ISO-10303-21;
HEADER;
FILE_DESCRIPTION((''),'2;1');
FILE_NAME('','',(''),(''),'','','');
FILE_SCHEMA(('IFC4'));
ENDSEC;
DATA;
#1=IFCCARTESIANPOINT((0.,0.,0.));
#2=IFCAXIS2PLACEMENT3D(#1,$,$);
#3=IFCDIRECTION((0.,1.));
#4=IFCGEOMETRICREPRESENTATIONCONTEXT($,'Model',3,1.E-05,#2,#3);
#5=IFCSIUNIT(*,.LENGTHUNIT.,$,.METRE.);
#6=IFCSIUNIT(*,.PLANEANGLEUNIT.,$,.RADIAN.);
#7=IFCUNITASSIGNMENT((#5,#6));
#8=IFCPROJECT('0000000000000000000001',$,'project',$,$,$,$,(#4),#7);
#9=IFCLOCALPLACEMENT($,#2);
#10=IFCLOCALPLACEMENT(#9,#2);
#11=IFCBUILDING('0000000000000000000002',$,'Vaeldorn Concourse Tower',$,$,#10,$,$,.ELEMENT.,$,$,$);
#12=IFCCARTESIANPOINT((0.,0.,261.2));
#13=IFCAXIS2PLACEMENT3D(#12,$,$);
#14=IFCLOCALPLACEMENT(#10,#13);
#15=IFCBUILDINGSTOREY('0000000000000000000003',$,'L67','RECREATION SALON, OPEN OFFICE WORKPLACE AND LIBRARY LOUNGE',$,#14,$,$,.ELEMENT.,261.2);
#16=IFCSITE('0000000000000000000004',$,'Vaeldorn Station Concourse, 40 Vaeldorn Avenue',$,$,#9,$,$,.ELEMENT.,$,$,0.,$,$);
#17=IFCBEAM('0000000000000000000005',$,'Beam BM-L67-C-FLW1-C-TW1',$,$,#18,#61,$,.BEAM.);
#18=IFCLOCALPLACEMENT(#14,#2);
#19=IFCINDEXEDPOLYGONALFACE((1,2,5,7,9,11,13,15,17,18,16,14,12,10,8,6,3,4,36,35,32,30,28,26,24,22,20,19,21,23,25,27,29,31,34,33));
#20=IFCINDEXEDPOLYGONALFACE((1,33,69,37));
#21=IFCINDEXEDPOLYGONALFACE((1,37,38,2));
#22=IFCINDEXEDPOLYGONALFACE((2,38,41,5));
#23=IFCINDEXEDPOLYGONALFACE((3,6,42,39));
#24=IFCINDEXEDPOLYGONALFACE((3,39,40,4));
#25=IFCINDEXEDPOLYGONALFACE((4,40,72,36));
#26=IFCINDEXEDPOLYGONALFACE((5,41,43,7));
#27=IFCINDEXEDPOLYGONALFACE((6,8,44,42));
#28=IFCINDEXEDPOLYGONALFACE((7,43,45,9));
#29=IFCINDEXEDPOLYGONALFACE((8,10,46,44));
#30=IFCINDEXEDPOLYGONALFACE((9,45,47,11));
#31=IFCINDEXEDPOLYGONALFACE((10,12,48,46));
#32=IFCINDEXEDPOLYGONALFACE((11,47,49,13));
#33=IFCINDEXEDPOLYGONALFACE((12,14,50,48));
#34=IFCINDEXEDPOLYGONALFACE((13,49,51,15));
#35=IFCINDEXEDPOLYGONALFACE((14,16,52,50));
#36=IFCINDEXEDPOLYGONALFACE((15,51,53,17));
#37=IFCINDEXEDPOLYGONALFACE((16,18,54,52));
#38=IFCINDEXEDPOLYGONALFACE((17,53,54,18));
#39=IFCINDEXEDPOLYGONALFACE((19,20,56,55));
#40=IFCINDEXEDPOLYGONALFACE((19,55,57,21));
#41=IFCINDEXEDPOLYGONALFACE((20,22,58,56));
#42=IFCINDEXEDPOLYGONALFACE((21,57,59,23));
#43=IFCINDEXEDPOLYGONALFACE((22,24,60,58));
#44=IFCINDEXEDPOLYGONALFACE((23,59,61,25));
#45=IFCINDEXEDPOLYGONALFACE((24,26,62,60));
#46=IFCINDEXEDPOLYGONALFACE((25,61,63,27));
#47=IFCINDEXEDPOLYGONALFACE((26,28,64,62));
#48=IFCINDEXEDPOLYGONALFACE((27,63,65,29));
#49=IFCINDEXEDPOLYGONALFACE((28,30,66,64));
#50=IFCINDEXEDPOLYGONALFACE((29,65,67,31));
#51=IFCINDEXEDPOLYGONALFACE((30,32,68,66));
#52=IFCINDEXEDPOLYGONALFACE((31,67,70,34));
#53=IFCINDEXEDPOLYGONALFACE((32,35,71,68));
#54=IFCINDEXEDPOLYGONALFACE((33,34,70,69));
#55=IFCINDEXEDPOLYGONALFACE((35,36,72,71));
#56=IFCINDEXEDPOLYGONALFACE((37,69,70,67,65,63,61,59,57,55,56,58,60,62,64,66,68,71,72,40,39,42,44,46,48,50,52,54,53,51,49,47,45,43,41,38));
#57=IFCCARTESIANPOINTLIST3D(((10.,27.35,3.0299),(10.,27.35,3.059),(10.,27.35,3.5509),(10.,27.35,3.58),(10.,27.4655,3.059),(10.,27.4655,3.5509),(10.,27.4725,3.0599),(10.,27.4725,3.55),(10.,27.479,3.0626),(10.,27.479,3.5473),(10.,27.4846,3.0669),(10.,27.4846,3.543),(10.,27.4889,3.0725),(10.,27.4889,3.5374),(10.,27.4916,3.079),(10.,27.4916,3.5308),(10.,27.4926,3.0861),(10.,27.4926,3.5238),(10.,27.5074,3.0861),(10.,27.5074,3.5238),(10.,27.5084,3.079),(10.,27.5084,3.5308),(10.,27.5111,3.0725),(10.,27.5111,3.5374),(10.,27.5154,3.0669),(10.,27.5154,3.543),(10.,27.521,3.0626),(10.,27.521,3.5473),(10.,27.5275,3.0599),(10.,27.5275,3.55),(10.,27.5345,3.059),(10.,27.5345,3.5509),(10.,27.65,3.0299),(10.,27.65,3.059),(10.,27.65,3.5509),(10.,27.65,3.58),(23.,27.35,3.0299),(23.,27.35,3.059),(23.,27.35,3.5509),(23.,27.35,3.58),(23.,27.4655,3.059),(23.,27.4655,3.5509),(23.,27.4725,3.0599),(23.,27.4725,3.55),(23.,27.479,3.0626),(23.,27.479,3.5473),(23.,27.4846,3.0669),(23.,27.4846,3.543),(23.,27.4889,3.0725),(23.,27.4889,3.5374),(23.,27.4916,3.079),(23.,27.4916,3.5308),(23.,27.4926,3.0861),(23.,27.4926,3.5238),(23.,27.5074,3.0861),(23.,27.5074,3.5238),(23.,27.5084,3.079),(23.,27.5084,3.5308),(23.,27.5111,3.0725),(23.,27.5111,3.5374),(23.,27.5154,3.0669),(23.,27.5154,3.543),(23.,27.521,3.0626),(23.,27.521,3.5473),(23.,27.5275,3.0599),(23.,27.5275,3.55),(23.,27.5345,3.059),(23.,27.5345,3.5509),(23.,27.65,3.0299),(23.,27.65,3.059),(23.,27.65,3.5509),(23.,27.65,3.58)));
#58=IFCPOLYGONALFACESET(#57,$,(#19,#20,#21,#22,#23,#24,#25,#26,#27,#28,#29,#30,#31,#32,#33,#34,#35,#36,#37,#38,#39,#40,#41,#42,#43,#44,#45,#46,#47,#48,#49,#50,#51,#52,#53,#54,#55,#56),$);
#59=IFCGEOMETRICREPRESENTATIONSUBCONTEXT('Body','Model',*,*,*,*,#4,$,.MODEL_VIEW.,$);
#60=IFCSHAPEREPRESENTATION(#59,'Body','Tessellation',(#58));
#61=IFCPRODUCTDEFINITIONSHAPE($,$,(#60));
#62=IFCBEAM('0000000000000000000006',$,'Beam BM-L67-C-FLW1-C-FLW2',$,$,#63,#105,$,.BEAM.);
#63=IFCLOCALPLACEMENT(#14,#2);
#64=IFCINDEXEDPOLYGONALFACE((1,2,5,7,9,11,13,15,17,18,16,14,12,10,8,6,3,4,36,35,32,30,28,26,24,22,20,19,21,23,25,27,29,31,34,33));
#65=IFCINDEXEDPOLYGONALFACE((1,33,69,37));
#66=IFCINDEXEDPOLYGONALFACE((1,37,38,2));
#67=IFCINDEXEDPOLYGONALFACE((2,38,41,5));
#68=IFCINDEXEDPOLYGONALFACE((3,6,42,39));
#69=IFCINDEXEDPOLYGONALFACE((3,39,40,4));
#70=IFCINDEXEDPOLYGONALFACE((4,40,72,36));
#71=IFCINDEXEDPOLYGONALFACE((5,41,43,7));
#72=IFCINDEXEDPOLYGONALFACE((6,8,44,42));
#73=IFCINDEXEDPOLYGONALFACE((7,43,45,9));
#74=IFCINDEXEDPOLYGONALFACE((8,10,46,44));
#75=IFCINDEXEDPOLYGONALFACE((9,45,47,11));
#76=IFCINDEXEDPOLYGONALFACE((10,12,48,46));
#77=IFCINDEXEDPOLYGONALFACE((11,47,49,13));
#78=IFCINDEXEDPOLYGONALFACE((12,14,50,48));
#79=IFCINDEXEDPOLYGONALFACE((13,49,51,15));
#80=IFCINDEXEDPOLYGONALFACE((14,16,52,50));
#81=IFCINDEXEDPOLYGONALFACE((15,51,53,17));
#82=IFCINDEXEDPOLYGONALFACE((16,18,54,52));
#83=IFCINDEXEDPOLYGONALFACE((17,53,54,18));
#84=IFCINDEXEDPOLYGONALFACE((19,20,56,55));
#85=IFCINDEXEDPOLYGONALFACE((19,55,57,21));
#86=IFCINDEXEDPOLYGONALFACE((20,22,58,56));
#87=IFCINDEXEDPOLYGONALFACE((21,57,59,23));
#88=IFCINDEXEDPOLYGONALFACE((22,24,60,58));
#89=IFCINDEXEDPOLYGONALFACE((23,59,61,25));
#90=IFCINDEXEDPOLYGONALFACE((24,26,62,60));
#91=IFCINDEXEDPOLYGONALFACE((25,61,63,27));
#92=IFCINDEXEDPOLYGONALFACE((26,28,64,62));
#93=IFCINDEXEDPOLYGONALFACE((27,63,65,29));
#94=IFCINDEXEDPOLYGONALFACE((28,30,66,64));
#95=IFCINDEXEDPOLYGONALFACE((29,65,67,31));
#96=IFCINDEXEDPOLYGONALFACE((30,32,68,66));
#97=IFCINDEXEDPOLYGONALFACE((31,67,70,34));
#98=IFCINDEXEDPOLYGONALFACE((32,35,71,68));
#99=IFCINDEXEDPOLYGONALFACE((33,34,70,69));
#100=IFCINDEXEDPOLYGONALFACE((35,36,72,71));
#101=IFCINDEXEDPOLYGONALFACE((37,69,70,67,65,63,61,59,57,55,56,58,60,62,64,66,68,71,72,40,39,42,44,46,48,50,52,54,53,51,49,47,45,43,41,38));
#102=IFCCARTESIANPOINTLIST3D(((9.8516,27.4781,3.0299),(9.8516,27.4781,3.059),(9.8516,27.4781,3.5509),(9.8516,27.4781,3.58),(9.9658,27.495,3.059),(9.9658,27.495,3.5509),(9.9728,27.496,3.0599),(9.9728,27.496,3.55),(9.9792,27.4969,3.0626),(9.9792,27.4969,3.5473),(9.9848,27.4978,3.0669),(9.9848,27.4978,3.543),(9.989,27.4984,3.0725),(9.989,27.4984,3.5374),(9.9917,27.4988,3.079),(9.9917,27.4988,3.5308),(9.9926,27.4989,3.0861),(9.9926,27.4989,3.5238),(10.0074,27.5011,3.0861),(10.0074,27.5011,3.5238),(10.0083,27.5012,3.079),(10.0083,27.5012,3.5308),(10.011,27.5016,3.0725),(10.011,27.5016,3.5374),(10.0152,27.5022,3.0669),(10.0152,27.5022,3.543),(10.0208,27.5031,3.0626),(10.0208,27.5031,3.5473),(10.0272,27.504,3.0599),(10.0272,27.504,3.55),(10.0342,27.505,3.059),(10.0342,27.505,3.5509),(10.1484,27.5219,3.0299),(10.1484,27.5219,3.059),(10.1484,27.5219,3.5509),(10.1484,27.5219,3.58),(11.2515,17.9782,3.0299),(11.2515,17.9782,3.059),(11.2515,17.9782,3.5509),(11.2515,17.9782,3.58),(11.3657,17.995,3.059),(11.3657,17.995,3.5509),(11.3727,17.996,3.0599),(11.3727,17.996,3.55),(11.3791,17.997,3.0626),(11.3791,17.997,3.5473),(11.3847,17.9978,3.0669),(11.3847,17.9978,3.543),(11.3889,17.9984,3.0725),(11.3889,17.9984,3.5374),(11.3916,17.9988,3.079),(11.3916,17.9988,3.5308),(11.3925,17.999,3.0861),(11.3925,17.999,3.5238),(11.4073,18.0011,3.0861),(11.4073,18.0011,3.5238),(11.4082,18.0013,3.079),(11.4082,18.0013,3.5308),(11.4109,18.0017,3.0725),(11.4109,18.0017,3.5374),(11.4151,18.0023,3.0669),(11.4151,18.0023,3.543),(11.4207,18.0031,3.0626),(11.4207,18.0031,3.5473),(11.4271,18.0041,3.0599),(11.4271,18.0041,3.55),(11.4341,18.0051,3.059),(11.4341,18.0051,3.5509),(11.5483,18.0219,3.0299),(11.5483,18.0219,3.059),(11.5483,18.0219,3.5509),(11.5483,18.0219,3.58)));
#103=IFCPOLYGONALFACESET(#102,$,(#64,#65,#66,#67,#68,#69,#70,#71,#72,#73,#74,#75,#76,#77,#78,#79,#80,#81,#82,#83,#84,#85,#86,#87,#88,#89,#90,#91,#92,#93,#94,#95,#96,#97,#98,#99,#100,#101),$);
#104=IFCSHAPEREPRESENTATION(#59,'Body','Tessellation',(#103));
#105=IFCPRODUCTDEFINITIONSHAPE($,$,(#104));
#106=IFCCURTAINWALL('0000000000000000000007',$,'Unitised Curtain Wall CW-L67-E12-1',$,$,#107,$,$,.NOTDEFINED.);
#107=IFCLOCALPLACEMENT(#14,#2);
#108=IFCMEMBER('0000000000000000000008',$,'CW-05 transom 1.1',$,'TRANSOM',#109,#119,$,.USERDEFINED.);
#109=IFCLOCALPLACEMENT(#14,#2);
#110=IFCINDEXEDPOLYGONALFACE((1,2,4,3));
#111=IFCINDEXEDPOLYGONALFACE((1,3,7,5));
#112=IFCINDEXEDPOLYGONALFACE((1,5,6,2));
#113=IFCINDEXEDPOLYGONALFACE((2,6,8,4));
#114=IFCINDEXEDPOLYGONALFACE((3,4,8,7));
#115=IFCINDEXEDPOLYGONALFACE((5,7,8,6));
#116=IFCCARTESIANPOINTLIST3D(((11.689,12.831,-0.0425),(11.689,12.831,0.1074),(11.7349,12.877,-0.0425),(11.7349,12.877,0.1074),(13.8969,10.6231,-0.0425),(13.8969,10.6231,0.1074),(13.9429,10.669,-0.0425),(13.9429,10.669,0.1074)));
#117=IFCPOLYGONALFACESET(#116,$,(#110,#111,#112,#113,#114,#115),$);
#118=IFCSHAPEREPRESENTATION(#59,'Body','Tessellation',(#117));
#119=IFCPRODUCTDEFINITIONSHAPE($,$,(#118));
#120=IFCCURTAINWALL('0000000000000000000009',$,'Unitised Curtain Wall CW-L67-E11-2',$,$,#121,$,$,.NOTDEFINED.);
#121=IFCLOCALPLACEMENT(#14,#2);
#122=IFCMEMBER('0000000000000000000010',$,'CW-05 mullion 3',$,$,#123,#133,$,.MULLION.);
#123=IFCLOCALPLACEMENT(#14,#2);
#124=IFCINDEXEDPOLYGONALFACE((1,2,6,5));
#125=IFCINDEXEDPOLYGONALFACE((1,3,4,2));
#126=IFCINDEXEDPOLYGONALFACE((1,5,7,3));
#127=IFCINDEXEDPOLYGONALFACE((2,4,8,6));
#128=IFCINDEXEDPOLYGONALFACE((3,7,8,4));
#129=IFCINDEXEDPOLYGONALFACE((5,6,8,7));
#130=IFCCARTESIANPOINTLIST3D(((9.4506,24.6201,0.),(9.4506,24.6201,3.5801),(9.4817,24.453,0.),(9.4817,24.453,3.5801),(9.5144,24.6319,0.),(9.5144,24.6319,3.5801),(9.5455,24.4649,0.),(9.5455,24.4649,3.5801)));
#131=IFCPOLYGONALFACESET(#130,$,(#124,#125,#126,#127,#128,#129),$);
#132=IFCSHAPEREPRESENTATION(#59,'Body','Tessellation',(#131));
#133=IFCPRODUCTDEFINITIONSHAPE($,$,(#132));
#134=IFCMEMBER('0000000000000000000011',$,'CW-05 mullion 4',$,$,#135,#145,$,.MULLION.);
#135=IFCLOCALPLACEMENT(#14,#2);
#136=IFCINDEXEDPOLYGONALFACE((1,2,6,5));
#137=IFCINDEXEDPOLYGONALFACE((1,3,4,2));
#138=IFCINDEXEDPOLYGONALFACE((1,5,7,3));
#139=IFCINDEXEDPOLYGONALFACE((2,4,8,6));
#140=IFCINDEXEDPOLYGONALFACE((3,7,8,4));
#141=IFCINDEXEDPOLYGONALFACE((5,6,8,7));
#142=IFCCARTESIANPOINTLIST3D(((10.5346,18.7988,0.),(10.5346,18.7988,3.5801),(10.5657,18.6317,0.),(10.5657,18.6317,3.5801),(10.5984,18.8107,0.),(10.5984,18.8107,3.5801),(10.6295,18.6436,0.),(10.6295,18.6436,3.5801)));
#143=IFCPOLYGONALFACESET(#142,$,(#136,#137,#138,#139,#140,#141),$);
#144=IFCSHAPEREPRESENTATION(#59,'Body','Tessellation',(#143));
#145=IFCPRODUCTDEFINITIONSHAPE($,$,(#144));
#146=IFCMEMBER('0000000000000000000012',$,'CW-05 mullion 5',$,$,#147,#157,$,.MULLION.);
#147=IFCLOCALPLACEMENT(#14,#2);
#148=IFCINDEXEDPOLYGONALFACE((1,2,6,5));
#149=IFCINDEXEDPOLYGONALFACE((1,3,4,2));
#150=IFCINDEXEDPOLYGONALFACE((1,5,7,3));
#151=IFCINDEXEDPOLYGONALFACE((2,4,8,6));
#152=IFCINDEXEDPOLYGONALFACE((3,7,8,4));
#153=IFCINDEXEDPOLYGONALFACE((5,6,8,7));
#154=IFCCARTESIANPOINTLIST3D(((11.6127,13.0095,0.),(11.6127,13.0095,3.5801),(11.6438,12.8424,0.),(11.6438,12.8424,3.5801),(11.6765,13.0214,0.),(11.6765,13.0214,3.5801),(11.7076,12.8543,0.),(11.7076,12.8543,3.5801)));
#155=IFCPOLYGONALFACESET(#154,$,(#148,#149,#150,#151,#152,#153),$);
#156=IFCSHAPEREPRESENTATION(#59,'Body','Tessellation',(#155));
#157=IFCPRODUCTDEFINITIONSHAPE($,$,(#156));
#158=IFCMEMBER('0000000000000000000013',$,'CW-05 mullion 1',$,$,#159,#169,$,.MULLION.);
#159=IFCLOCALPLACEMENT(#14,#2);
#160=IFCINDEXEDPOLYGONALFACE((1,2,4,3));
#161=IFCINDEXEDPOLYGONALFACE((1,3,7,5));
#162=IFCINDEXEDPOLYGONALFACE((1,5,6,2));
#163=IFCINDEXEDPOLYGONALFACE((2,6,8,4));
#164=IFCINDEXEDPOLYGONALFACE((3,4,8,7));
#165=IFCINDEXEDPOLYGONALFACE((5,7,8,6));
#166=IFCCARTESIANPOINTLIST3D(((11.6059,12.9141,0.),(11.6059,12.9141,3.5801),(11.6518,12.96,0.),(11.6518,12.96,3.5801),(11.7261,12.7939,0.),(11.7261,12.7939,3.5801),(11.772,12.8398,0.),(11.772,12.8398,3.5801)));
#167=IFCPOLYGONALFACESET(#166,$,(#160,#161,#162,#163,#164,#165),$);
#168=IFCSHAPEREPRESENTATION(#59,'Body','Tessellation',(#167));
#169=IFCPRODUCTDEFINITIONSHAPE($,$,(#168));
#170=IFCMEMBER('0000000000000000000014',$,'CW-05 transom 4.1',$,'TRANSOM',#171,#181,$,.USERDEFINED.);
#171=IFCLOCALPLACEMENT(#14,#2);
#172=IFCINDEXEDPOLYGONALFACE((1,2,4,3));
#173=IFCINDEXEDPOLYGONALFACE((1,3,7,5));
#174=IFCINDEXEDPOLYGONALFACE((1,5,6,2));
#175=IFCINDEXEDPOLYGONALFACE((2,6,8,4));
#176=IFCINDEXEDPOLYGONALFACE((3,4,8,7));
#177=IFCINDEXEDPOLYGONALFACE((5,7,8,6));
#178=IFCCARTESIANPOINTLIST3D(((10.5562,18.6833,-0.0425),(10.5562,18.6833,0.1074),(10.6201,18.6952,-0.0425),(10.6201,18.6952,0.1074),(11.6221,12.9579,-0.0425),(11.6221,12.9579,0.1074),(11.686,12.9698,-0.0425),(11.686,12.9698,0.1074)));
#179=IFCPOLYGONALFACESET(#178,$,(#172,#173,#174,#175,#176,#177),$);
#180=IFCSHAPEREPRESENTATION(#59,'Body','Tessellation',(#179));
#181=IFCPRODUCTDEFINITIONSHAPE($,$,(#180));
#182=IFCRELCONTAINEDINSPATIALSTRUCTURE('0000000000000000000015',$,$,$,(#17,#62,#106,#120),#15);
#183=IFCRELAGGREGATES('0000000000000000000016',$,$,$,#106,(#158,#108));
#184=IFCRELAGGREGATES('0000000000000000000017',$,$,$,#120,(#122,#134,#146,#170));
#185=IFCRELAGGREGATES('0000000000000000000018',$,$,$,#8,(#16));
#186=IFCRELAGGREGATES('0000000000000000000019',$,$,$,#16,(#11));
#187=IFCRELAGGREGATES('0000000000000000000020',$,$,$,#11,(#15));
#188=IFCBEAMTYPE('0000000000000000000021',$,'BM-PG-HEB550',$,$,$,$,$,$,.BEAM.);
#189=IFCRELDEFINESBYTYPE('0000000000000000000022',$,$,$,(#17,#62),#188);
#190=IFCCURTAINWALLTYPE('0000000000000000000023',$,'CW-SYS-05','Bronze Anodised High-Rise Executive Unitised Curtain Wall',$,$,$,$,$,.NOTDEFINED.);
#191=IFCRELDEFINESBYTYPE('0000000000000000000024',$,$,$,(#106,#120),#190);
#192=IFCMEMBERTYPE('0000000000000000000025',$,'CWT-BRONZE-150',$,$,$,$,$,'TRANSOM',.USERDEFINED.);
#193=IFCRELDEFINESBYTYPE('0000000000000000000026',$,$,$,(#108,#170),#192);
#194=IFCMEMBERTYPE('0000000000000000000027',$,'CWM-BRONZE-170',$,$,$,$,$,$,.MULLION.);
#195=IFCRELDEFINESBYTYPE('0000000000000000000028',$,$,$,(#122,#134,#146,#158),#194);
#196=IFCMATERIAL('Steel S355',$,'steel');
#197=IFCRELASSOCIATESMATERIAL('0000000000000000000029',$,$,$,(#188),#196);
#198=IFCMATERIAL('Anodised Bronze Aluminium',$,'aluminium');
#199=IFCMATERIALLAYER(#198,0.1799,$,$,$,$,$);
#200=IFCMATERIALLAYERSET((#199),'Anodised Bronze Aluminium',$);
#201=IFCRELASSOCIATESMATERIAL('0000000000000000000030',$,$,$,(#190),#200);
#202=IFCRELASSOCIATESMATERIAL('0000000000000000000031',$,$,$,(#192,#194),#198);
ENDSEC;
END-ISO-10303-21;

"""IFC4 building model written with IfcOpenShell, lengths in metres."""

from ifc_helpers import new_model, si_unit, direction, frame, origin, origin_2d, place, context, subcontext, project, spatial, rectangle, i_section, extrude, source, transform, mapped, material, layer, layer_set, material_profile, profile_set, type_object, element, aggregate, save


model = new_model("IFC4")

# Units and contexts
model_context = context("Model", 3, precision=1e-05, world=origin(), true_north=direction((0.0, 1.0)))
body_context = subcontext(model_context, "Body", "Model", "MODEL_VIEW")
ifc_project = project(units=[si_unit("LENGTHUNIT", "METRE"), si_unit("PLANEANGLEUNIT", "RADIAN")], contexts=[model_context])

# Site, building, storey
site_placement = place(None, origin())
site = spatial("IfcSite", under=ifc_project, at=site_placement, Name="Vaeldorn Station Concourse, 40 Vaeldorn Avenue", CompositionType="ELEMENT", RefElevation=0.0)
building_placement = place(site_placement, origin())
building = spatial("IfcBuilding", under=site, at=building_placement, Name="Vaeldorn Concourse Tower", CompositionType="ELEMENT")
storey_placement = place(building_placement, frame((0.0, 0.0, 261.2)))
storey = spatial("IfcBuildingStorey", under=building, at=storey_placement, Name="L67", Description="RECREATION SALON, OPEN OFFICE WORKPLACE AND LIBRARY LOUNGE", CompositionType="ELEMENT", Elevation=261.2)

# Shared definitions
ifc_material_1 = material(Name="Steel S355", Category="steel")

# Beams
ifc_material_profile_1 = material_profile(ifc_material_1, i_section(OverallWidth=0.3, OverallDepth=0.55, WebThickness=0.0149, FlangeThickness=0.0291, FilletRadius=0.0271, at=origin_2d()), Name="HEB 550")
ifc_profile_set_1 = profile_set([ifc_material_profile_1], Name="Steel S355")
beam_type_1 = type_object("IfcBeamType", Name="BM-PG-HEB550", PredefinedType="BEAM", material=ifc_profile_set_1)
shared_shape_1 = source(origin(), body_context, "Body", "SweptSolid", [
    extrude(i_section(OverallWidth=0.3, OverallDepth=0.55, WebThickness=0.0149, FlangeThickness=0.0291, FilletRadius=0.0271, at=origin_2d()), origin(), (0.0, 0.0, 1.0), 13.0),
])
beam_1_placement = place(storey_placement, frame((10.0, 27.5, 3.3049), z_axis=(1.0, 0.0, 0.0), x_axis=(0.0, 1.0, 0.0)))
element("IfcBeam", 1, at=beam_1_placement, inside=storey, type_object=beam_type_1, Name="Beam BM-L67-C-FLW1-C-TW1", PredefinedType="BEAM", context=body_context, shape_type="MappedRepresentation", body=[
    mapped(shared_shape_1, transform((0.0, 0.0, 0.0), scale=1.0)),
])
shared_shape_2 = source(origin(), body_context, "Body", "SweptSolid", [
    extrude(i_section(OverallWidth=0.3, OverallDepth=0.55, WebThickness=0.0149, FlangeThickness=0.0291, FilletRadius=0.0271, at=origin_2d()), origin(), (0.0, 0.0, 1.0), 9.6025),
])
beam_2_placement = place(storey_placement, frame((10.0, 27.5, 3.3049), z_axis=(0.145784, -0.989316, 0.0), x_axis=(0.989316, 0.145784, 0.0)))
element("IfcBeam", 2, at=beam_2_placement, inside=storey, type_object=beam_type_1, Name="Beam BM-L67-C-FLW1-C-FLW2", PredefinedType="BEAM", context=body_context, shape_type="MappedRepresentation", body=[
    mapped(shared_shape_2, transform((0.0, 0.0, 0.0), scale=1.0)),
])

# Curtain wall, member
ifc_material_2 = material(Name="Anodised Bronze Aluminium", Category="aluminium")
ifc_layer_1 = layer(ifc_material_2, 0.1799)
ifc_layer_set_1 = layer_set([ifc_layer_1], Name="Anodised Bronze Aluminium")
curtain_wall_type = type_object("IfcCurtainWallType", Name="CW-SYS-05", Description="Bronze Anodised High-Rise Executive Unitised Curtain Wall", PredefinedType="NOTDEFINED", material=ifc_layer_set_1)
curtain_wall_1_placement = place(storey_placement, origin())
curtain_wall_1 = element("IfcCurtainWall", 3, at=curtain_wall_1_placement, inside=storey, type_object=curtain_wall_type, Name="Unitised Curtain Wall CW-L67-E12-1", PredefinedType="NOTDEFINED")
ifc_material_profile_2 = material_profile(ifc_material_2, rectangle(XDim=0.0649, YDim=0.1499, at=origin_2d()), Name="CWT 65x150")
ifc_profile_set_2 = profile_set([ifc_material_profile_2], Name="Anodised Bronze Aluminium")
member_type_1 = type_object("IfcMemberType", Name="CWT-BRONZE-150", ElementType="TRANSOM", PredefinedType="USERDEFINED", material=ifc_profile_set_2)
shared_shape_3 = source(origin(), body_context, "Body", "SweptSolid", [
    extrude(rectangle(XDim=0.0649, YDim=0.1499, at=origin_2d()), origin(), (0.0, 0.0, 1.0), 3.1226),
])
member_1_placement = place(storey_placement, frame((11.7119, 12.854, 0.0325), z_axis=(0.707107, -0.707107, 0.0), x_axis=(0.707107, 0.707107, 0.0)))
member_1 = element("IfcMember", 4, at=member_1_placement, type_object=member_type_1, Name="CW-05 transom 1.1", ObjectType="TRANSOM", PredefinedType="USERDEFINED", context=body_context, shape_type="MappedRepresentation", body=[
    mapped(shared_shape_3, transform((0.0, 0.0, 0.0), scale=1.0)),
])

# Curtain wall, members
curtain_wall_2_placement = place(storey_placement, origin())
curtain_wall_2 = element("IfcCurtainWall", 5, at=curtain_wall_2_placement, inside=storey, type_object=curtain_wall_type, Name="Unitised Curtain Wall CW-L67-E11-2", PredefinedType="NOTDEFINED")
ifc_material_profile_3 = material_profile(ifc_material_2, rectangle(XDim=0.0649, YDim=0.1699, at=origin_2d()), Name="CWM 65x170")
ifc_profile_set_3 = profile_set([ifc_material_profile_3], Name="Anodised Bronze Aluminium")
member_type_2 = type_object("IfcMemberType", Name="CWM-BRONZE-170", PredefinedType="MULLION", material=ifc_profile_set_3)
shared_shape_4 = source(origin(), body_context, "Body", "SweptSolid", [
    extrude(rectangle(XDim=0.0649, YDim=0.1699, at=origin_2d()), origin(), (0.0, 0.0, 1.0), 3.5801),
])
member_2_placement = place(storey_placement, frame((9.498, 24.5425, 0.0), z_axis=(0.0, 0.0, 1.0), x_axis=(0.983103, 0.183055, 0.0)))
member_2 = element("IfcMember", 6, at=member_2_placement, type_object=member_type_2, Name="CW-05 mullion 3", PredefinedType="MULLION", context=body_context, shape_type="MappedRepresentation", body=[
    mapped(shared_shape_4, transform((0.0, 0.0, 0.0), scale=1.0)),
])
member_3_placement = place(storey_placement, frame((10.582, 18.7212, 0.0), z_axis=(0.0, 0.0, 1.0), x_axis=(0.983103, 0.183055, 0.0)))
member_3 = element("IfcMember", 7, at=member_3_placement, type_object=member_type_2, Name="CW-05 mullion 4", PredefinedType="MULLION", context=body_context, shape_type="MappedRepresentation", body=[
    mapped(shared_shape_4, transform((0.0, 0.0, 0.0), scale=1.0)),
])
member_4_placement = place(storey_placement, frame((11.6602, 12.9319, 0.0), z_axis=(0.0, 0.0, 1.0), x_axis=(0.983103, 0.183055, 0.0)))
member_4 = element("IfcMember", 8, at=member_4_placement, type_object=member_type_2, Name="CW-05 mullion 5", PredefinedType="MULLION", context=body_context, shape_type="MappedRepresentation", body=[
    mapped(shared_shape_4, transform((0.0, 0.0, 0.0), scale=1.0)),
])

# Members
member_5_placement = place(storey_placement, frame((11.689, 12.877, 0.0), z_axis=(0.0, 0.0, 1.0), x_axis=(0.707107, 0.707107, 0.0)))
member_5 = element("IfcMember", 9, at=member_5_placement, type_object=member_type_2, Name="CW-05 mullion 1", PredefinedType="MULLION", context=body_context, shape_type="MappedRepresentation", body=[
    mapped(shared_shape_4, transform((0.0, 0.0, 0.0), scale=1.0)),
])
aggregate(curtain_wall_1, [member_5, member_1])
shared_shape_5 = source(origin(), body_context, "Body", "SweptSolid", [
    extrude(rectangle(XDim=0.0649, YDim=0.1499, at=origin_2d()), origin(), (0.0, 0.0, 1.0), 5.8237),
])
member_6_placement = place(storey_placement, frame((10.5881, 18.6892, 0.0325), z_axis=(0.18303, -0.983107, 0.0), x_axis=(0.983107, 0.18303, 0.0)))
member_6 = element("IfcMember", 10, at=member_6_placement, type_object=member_type_1, Name="CW-05 transom 4.1", ObjectType="TRANSOM", PredefinedType="USERDEFINED", context=body_context, shape_type="MappedRepresentation", body=[
    mapped(shared_shape_5, transform((0.0, 0.0, 0.0), scale=1.0)),
])

aggregate(curtain_wall_2, [member_2, member_3, member_4, member_6])

save(model, "model.ifc")
